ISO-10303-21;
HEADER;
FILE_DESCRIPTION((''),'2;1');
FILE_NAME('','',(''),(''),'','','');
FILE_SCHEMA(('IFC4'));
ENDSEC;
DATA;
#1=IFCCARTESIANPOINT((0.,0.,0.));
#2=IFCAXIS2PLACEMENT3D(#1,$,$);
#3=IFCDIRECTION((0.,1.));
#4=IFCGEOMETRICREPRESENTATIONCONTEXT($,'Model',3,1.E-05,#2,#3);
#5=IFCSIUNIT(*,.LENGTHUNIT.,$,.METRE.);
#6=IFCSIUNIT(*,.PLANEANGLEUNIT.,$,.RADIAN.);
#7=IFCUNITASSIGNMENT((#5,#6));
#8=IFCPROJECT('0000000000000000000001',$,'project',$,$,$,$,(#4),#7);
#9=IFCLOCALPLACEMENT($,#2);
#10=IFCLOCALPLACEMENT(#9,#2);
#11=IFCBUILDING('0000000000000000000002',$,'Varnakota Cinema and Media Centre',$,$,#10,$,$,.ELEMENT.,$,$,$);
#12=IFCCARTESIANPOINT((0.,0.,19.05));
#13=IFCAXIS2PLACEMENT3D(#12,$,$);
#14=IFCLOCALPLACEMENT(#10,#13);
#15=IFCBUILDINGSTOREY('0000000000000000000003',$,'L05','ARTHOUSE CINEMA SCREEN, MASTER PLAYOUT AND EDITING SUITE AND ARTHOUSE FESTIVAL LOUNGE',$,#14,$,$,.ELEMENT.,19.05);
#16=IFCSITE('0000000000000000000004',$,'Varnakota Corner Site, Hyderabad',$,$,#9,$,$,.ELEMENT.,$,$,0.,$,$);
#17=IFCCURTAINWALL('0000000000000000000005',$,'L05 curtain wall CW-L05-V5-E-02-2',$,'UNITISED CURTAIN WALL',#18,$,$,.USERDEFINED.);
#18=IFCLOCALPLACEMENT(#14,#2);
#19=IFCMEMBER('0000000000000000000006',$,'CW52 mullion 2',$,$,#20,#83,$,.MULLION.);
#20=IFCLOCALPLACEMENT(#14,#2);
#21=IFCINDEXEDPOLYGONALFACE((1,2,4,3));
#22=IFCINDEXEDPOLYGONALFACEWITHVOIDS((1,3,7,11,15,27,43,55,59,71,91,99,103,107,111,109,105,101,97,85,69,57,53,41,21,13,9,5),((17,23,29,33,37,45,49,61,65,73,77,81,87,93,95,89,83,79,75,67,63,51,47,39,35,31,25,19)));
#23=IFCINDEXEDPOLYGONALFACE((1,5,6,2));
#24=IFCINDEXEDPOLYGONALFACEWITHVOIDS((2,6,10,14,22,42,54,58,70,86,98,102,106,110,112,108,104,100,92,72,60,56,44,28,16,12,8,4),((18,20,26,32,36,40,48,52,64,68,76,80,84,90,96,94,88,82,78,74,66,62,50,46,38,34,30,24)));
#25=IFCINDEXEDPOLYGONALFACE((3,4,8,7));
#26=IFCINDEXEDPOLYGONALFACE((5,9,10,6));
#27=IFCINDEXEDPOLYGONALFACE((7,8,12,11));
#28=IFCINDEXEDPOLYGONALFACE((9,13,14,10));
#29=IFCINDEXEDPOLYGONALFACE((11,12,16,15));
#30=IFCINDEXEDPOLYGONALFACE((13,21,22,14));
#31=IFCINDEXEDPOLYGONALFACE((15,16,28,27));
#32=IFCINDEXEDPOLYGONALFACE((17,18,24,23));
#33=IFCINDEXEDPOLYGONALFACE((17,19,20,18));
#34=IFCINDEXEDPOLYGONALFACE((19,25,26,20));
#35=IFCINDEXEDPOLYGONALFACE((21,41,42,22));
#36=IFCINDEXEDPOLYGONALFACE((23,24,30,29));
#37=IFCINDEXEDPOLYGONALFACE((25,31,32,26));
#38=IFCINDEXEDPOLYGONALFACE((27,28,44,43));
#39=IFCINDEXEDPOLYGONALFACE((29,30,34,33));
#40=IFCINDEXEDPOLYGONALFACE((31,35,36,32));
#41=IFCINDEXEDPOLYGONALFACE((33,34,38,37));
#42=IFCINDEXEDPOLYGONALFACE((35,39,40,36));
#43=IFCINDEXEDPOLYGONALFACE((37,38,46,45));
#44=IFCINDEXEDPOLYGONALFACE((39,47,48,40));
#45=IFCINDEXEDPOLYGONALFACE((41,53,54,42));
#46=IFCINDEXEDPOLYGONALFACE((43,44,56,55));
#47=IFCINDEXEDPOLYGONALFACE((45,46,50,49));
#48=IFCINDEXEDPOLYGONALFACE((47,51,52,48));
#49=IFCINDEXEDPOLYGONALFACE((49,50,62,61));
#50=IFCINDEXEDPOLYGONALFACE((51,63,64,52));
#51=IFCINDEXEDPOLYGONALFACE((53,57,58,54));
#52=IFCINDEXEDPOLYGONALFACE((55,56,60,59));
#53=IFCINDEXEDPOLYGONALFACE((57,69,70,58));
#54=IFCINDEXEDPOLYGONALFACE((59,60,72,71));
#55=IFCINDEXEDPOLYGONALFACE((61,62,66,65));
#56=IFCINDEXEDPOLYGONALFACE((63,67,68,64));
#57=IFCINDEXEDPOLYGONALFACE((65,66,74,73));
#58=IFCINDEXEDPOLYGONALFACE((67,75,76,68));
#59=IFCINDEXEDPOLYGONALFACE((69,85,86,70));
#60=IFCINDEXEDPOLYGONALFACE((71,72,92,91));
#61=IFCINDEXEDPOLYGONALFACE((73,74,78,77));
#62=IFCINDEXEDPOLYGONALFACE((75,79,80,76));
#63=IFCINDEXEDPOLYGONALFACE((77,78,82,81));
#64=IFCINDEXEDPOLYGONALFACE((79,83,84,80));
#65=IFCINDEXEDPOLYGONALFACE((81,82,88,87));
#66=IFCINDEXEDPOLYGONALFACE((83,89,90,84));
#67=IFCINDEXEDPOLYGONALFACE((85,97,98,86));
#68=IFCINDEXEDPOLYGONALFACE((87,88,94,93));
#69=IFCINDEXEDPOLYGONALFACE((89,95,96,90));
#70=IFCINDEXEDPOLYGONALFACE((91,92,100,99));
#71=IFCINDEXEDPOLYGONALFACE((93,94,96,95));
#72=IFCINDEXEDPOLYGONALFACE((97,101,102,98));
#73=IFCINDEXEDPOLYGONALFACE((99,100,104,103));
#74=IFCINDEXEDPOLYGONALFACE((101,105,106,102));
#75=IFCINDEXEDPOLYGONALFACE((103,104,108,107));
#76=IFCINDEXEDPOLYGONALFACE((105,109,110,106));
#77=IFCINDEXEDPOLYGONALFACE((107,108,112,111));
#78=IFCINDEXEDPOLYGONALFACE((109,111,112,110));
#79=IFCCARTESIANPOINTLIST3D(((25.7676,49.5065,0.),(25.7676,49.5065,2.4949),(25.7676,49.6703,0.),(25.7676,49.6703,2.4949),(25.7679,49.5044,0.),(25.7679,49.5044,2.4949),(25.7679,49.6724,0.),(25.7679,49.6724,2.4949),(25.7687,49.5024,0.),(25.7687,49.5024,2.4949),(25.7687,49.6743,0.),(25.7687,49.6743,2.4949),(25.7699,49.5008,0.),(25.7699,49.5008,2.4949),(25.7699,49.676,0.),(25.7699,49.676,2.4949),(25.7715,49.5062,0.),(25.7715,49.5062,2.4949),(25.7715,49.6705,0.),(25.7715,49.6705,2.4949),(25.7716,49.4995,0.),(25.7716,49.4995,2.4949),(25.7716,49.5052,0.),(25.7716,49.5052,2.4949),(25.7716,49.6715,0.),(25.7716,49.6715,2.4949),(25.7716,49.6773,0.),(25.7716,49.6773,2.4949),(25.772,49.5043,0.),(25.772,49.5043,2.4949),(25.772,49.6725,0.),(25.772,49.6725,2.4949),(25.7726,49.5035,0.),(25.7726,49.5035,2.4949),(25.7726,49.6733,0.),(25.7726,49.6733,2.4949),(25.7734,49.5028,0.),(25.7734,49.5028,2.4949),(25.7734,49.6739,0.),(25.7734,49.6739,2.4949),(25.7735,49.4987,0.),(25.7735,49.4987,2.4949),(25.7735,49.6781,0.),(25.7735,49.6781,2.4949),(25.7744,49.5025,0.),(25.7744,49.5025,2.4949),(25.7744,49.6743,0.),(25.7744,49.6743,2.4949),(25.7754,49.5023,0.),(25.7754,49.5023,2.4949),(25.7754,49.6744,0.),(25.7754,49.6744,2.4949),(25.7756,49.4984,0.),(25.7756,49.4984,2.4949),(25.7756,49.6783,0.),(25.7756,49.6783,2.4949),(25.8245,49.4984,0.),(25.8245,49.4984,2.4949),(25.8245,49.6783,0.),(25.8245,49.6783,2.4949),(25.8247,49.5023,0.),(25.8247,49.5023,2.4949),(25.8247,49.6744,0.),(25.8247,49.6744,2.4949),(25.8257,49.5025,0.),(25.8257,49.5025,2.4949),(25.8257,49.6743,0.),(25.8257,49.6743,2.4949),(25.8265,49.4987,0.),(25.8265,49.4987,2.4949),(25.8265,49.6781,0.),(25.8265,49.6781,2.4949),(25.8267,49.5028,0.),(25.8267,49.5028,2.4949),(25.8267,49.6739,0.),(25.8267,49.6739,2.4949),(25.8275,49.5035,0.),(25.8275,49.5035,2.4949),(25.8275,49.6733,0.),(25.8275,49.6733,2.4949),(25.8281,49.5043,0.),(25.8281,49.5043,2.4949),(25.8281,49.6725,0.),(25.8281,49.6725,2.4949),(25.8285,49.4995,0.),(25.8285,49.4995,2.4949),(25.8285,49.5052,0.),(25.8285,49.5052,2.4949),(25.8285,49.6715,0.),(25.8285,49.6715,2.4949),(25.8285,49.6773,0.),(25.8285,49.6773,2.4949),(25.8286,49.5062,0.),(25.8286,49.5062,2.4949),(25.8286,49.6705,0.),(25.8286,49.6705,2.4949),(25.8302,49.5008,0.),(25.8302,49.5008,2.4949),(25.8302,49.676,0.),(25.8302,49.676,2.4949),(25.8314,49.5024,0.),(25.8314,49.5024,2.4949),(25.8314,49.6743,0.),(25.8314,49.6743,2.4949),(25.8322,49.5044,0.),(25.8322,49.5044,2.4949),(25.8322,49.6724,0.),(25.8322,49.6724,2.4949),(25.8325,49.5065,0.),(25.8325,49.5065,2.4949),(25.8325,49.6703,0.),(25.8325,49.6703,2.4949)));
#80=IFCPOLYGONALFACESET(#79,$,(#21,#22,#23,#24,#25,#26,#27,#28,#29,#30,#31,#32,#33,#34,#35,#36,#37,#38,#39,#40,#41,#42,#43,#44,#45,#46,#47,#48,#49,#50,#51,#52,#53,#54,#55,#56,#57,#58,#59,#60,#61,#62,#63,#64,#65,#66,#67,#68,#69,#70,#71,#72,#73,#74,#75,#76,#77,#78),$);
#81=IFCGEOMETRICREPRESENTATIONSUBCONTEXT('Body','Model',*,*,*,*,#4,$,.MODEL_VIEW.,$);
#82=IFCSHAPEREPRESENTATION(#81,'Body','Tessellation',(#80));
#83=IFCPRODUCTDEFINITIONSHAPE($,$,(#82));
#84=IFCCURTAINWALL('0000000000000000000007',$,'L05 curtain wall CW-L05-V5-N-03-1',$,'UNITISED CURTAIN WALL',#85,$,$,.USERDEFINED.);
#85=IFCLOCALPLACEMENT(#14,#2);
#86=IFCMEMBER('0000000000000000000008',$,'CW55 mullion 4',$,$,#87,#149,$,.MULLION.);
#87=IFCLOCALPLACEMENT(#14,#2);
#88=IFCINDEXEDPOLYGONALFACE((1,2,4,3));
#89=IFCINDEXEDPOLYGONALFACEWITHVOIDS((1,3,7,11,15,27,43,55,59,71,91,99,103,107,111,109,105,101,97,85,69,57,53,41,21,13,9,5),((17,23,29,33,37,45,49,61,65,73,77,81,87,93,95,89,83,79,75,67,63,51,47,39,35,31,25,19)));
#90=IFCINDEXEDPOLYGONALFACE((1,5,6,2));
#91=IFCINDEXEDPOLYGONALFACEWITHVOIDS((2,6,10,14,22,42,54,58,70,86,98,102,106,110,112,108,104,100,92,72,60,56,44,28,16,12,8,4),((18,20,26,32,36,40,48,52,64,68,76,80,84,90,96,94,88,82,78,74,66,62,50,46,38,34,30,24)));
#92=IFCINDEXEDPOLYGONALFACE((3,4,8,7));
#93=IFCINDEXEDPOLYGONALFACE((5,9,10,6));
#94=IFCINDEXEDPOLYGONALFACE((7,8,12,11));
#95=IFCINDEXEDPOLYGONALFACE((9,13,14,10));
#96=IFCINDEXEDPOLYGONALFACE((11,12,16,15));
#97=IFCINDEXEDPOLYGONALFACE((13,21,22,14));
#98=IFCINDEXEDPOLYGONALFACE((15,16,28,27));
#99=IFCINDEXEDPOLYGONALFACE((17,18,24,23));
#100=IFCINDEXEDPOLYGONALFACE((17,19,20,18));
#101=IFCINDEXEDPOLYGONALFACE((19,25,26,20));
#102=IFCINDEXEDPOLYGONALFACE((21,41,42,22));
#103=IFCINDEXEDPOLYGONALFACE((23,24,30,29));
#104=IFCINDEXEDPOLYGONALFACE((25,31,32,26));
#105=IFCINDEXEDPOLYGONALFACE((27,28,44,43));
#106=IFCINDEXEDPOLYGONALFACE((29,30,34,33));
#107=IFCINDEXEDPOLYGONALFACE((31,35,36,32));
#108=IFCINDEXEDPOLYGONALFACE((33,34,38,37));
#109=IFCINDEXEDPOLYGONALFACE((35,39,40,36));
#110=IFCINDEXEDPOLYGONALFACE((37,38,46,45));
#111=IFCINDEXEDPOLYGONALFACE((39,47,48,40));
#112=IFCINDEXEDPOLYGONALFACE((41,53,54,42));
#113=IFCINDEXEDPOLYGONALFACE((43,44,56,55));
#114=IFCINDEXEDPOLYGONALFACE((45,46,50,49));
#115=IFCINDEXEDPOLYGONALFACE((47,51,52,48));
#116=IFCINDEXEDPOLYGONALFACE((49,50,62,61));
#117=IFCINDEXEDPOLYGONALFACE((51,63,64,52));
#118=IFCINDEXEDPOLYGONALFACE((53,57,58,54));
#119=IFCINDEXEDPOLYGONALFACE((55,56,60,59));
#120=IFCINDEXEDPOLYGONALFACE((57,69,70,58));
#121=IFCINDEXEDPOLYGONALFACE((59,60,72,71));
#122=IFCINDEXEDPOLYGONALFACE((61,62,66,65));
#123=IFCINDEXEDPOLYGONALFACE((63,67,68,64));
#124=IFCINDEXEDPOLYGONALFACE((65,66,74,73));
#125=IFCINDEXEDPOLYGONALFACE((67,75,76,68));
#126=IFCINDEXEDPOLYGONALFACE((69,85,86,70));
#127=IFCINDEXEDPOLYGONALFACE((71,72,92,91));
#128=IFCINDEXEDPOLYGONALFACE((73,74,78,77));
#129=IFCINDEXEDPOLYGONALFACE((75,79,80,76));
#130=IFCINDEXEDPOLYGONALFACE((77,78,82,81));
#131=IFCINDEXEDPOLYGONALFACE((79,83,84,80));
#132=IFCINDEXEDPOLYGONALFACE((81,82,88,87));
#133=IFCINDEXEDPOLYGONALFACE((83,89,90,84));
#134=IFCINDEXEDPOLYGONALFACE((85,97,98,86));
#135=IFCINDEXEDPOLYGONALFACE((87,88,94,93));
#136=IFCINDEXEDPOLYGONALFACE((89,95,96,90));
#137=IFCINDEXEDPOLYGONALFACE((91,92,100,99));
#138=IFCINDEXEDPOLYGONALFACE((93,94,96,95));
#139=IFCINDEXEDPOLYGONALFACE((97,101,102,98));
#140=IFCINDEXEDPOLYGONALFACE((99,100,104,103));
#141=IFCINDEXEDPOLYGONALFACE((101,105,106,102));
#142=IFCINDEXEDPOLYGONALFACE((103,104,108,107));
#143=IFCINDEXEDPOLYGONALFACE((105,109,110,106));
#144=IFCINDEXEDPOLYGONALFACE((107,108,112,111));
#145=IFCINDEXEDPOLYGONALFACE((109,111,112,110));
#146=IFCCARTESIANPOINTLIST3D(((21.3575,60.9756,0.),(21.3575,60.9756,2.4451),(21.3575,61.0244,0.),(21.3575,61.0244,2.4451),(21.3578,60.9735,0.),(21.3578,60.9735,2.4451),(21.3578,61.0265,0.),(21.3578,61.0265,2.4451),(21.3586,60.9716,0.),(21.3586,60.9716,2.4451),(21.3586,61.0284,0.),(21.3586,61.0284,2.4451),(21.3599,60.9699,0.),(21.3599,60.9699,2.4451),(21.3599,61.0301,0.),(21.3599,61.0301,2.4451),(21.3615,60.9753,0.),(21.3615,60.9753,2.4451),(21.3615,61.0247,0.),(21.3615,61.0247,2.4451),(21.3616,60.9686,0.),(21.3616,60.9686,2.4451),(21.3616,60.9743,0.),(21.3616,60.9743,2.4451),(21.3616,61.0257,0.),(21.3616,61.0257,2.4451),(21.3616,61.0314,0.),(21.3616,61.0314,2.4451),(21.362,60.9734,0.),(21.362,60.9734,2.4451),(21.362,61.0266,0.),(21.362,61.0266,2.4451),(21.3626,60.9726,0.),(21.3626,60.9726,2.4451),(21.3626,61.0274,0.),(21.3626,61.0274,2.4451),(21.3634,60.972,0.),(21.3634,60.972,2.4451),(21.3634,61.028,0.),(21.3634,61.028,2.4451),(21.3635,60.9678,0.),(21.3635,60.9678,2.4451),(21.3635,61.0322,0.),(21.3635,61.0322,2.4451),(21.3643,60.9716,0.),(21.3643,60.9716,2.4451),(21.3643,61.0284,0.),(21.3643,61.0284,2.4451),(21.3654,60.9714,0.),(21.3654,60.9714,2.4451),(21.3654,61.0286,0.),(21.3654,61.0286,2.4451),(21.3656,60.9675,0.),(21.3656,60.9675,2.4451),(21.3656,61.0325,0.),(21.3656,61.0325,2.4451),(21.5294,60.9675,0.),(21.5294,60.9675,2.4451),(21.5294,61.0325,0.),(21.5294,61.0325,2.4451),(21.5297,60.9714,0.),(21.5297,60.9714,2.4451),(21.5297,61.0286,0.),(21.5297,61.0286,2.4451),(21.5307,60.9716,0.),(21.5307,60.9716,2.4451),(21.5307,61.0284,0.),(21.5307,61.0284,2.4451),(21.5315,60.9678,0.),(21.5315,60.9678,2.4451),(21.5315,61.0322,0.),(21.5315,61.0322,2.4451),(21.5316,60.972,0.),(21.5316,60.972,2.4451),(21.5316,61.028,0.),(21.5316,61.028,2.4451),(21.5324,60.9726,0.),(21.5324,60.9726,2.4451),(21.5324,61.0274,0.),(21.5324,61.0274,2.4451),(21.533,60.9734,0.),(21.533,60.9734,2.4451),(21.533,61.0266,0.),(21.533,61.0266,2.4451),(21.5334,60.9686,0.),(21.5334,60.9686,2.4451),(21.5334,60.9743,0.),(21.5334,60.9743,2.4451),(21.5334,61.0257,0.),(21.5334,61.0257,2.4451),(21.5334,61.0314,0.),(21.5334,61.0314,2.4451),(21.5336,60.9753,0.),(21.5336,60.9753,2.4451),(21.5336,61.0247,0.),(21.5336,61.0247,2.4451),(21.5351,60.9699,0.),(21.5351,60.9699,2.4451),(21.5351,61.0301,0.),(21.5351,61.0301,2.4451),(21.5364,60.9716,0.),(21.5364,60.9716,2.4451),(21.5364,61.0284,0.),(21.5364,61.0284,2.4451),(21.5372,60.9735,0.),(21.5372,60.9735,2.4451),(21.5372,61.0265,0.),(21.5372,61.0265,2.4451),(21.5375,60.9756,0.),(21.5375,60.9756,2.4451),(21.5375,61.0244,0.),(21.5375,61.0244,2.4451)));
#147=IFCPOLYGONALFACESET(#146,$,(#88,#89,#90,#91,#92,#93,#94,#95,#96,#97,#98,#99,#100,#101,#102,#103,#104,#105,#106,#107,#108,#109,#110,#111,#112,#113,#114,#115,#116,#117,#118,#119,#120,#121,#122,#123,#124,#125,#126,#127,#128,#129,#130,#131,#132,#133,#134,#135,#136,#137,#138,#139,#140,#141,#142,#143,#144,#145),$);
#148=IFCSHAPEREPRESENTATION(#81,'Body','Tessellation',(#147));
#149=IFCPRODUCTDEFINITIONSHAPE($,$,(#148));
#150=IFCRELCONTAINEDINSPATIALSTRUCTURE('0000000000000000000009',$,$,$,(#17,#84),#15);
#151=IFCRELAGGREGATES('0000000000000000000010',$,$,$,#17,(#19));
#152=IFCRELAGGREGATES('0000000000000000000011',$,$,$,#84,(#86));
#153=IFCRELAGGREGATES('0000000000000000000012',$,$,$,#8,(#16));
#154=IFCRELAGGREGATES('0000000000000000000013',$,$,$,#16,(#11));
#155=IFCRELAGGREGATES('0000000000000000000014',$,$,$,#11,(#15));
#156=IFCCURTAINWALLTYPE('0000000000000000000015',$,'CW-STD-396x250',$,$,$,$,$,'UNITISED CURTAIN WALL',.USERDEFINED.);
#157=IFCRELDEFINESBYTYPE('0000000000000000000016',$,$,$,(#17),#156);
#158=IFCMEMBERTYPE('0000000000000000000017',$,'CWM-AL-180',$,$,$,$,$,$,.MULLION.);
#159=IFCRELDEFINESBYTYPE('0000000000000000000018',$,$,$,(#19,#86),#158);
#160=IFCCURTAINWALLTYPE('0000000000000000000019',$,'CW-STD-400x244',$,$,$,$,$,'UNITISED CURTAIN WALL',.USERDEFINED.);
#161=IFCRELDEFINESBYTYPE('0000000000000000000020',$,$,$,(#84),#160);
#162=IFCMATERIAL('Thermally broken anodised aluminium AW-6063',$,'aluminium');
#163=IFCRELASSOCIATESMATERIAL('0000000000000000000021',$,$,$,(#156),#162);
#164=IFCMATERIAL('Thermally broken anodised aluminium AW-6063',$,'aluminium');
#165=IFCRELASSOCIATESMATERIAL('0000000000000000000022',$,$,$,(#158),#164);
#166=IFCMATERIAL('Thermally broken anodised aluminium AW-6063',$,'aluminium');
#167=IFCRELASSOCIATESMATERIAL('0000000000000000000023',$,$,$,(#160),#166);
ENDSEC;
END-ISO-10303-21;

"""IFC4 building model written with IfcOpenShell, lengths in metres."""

from ifc_helpers import new_model, si_unit, direction, frame, origin, origin_2d, place, context, subcontext, project, spatial, hollow_rectangle, extrude, material, material_profile, profile_set, type_object, element, aggregate, save


model = new_model("IFC4")

# Units and contexts
model_context = context("Model", 3, precision=1e-05, world=origin(), true_north=direction((0.0, 1.0)))
body_context = subcontext(model_context, "Body", "Model", "MODEL_VIEW")
ifc_project = project(units=[si_unit("LENGTHUNIT", "METRE"), si_unit("PLANEANGLEUNIT", "RADIAN")], contexts=[model_context])

# Site, building, storey
site_placement = place(None, origin())
site = spatial("IfcSite", under=ifc_project, at=site_placement, Name="Varnakota Corner Site, Hyderabad", CompositionType="ELEMENT", RefElevation=0.0)
building_placement = place(site_placement, origin())
building = spatial("IfcBuilding", under=site, at=building_placement, Name="Varnakota Cinema and Media Centre", CompositionType="ELEMENT")
storey_placement = place(building_placement, frame((0.0, 0.0, 19.05)))
storey = spatial("IfcBuildingStorey", under=building, at=storey_placement, Name="L05", Description="ARTHOUSE CINEMA SCREEN, MASTER PLAYOUT AND EDITING SUITE AND ARTHOUSE FESTIVAL LOUNGE", CompositionType="ELEMENT", Elevation=19.05)

# Shared definitions
ifc_material_1 = material(Name="Thermally broken anodised aluminium AW-6063", Category="aluminium")
curtain_wall_type_1 = type_object("IfcCurtainWallType", Name="CW-STD-396x250", ElementType="UNITISED CURTAIN WALL", PredefinedType="USERDEFINED", material=ifc_material_1)
ifc_material_2 = material(Name="Thermally broken anodised aluminium AW-6063", Category="aluminium")
ifc_material_profile_1 = material_profile(ifc_material_2, hollow_rectangle(XDim=0.0649, YDim=0.1799, WallThickness=0.0039, InnerFilletRadius=0.0039, OuterFilletRadius=0.0081, at=origin_2d()), Name="AL-MULLION 180x65x4")
ifc_profile_set_1 = profile_set([ifc_material_profile_1], Name="Thermally broken anodised aluminium AW-6063")
member_type_1 = type_object("IfcMemberType", Name="CWM-AL-180", PredefinedType="MULLION", material=ifc_profile_set_1)

# Curtain wall, member
curtain_wall_1_placement = place(storey_placement, origin())
curtain_wall_1 = element("IfcCurtainWall", 1, at=curtain_wall_1_placement, inside=storey, type_object=curtain_wall_type_1, Name="L05 curtain wall CW-L05-V5-E-02-2", ObjectType="UNITISED CURTAIN WALL", PredefinedType="USERDEFINED")
member_1_placement = place(storey_placement, frame((25.8, 49.5884, 0.0), z_axis=(0.0, 0.0, 1.0), x_axis=(-1.0, 0.0, 0.0)))
member_1 = element("IfcMember", 2, at=member_1_placement, type_object=member_type_1, Name="CW52 mullion 2", PredefinedType="MULLION", context=body_context, shape_type="SweptSolid", body=[
    extrude(hollow_rectangle(XDim=0.0649, YDim=0.1799, WallThickness=0.0039, InnerFilletRadius=0.0039, OuterFilletRadius=0.0081, at=origin_2d()), origin(), (0.0, 0.0, 1.0), 2.4949),
])

# Curtain wall, member
ifc_material_3 = material(Name="Thermally broken anodised aluminium AW-6063", Category="aluminium")
curtain_wall_type_2 = type_object("IfcCurtainWallType", Name="CW-STD-400x244", ElementType="UNITISED CURTAIN WALL", PredefinedType="USERDEFINED", material=ifc_material_3)
curtain_wall_2_placement = place(storey_placement, origin())
curtain_wall_2 = element("IfcCurtainWall", 3, at=curtain_wall_2_placement, inside=storey, type_object=curtain_wall_type_2, Name="L05 curtain wall CW-L05-V5-N-03-1", ObjectType="UNITISED CURTAIN WALL", PredefinedType="USERDEFINED")
member_2_placement = place(storey_placement, frame((21.4475, 61.0, 0.0), z_axis=(0.0, 0.0, 1.0), x_axis=(0.0, 1.0, 0.0)))
member_2 = element("IfcMember", 4, at=member_2_placement, type_object=member_type_1, Name="CW55 mullion 4", PredefinedType="MULLION", context=body_context, shape_type="SweptSolid", body=[
    extrude(hollow_rectangle(XDim=0.0649, YDim=0.1799, WallThickness=0.0039, InnerFilletRadius=0.0039, OuterFilletRadius=0.0081, at=origin_2d()), origin(), (0.0, 0.0, 1.0), 2.4451),
])

aggregate(curtain_wall_1, [member_1])
aggregate(curtain_wall_2, [member_2])

save(model, "model.ifc")
